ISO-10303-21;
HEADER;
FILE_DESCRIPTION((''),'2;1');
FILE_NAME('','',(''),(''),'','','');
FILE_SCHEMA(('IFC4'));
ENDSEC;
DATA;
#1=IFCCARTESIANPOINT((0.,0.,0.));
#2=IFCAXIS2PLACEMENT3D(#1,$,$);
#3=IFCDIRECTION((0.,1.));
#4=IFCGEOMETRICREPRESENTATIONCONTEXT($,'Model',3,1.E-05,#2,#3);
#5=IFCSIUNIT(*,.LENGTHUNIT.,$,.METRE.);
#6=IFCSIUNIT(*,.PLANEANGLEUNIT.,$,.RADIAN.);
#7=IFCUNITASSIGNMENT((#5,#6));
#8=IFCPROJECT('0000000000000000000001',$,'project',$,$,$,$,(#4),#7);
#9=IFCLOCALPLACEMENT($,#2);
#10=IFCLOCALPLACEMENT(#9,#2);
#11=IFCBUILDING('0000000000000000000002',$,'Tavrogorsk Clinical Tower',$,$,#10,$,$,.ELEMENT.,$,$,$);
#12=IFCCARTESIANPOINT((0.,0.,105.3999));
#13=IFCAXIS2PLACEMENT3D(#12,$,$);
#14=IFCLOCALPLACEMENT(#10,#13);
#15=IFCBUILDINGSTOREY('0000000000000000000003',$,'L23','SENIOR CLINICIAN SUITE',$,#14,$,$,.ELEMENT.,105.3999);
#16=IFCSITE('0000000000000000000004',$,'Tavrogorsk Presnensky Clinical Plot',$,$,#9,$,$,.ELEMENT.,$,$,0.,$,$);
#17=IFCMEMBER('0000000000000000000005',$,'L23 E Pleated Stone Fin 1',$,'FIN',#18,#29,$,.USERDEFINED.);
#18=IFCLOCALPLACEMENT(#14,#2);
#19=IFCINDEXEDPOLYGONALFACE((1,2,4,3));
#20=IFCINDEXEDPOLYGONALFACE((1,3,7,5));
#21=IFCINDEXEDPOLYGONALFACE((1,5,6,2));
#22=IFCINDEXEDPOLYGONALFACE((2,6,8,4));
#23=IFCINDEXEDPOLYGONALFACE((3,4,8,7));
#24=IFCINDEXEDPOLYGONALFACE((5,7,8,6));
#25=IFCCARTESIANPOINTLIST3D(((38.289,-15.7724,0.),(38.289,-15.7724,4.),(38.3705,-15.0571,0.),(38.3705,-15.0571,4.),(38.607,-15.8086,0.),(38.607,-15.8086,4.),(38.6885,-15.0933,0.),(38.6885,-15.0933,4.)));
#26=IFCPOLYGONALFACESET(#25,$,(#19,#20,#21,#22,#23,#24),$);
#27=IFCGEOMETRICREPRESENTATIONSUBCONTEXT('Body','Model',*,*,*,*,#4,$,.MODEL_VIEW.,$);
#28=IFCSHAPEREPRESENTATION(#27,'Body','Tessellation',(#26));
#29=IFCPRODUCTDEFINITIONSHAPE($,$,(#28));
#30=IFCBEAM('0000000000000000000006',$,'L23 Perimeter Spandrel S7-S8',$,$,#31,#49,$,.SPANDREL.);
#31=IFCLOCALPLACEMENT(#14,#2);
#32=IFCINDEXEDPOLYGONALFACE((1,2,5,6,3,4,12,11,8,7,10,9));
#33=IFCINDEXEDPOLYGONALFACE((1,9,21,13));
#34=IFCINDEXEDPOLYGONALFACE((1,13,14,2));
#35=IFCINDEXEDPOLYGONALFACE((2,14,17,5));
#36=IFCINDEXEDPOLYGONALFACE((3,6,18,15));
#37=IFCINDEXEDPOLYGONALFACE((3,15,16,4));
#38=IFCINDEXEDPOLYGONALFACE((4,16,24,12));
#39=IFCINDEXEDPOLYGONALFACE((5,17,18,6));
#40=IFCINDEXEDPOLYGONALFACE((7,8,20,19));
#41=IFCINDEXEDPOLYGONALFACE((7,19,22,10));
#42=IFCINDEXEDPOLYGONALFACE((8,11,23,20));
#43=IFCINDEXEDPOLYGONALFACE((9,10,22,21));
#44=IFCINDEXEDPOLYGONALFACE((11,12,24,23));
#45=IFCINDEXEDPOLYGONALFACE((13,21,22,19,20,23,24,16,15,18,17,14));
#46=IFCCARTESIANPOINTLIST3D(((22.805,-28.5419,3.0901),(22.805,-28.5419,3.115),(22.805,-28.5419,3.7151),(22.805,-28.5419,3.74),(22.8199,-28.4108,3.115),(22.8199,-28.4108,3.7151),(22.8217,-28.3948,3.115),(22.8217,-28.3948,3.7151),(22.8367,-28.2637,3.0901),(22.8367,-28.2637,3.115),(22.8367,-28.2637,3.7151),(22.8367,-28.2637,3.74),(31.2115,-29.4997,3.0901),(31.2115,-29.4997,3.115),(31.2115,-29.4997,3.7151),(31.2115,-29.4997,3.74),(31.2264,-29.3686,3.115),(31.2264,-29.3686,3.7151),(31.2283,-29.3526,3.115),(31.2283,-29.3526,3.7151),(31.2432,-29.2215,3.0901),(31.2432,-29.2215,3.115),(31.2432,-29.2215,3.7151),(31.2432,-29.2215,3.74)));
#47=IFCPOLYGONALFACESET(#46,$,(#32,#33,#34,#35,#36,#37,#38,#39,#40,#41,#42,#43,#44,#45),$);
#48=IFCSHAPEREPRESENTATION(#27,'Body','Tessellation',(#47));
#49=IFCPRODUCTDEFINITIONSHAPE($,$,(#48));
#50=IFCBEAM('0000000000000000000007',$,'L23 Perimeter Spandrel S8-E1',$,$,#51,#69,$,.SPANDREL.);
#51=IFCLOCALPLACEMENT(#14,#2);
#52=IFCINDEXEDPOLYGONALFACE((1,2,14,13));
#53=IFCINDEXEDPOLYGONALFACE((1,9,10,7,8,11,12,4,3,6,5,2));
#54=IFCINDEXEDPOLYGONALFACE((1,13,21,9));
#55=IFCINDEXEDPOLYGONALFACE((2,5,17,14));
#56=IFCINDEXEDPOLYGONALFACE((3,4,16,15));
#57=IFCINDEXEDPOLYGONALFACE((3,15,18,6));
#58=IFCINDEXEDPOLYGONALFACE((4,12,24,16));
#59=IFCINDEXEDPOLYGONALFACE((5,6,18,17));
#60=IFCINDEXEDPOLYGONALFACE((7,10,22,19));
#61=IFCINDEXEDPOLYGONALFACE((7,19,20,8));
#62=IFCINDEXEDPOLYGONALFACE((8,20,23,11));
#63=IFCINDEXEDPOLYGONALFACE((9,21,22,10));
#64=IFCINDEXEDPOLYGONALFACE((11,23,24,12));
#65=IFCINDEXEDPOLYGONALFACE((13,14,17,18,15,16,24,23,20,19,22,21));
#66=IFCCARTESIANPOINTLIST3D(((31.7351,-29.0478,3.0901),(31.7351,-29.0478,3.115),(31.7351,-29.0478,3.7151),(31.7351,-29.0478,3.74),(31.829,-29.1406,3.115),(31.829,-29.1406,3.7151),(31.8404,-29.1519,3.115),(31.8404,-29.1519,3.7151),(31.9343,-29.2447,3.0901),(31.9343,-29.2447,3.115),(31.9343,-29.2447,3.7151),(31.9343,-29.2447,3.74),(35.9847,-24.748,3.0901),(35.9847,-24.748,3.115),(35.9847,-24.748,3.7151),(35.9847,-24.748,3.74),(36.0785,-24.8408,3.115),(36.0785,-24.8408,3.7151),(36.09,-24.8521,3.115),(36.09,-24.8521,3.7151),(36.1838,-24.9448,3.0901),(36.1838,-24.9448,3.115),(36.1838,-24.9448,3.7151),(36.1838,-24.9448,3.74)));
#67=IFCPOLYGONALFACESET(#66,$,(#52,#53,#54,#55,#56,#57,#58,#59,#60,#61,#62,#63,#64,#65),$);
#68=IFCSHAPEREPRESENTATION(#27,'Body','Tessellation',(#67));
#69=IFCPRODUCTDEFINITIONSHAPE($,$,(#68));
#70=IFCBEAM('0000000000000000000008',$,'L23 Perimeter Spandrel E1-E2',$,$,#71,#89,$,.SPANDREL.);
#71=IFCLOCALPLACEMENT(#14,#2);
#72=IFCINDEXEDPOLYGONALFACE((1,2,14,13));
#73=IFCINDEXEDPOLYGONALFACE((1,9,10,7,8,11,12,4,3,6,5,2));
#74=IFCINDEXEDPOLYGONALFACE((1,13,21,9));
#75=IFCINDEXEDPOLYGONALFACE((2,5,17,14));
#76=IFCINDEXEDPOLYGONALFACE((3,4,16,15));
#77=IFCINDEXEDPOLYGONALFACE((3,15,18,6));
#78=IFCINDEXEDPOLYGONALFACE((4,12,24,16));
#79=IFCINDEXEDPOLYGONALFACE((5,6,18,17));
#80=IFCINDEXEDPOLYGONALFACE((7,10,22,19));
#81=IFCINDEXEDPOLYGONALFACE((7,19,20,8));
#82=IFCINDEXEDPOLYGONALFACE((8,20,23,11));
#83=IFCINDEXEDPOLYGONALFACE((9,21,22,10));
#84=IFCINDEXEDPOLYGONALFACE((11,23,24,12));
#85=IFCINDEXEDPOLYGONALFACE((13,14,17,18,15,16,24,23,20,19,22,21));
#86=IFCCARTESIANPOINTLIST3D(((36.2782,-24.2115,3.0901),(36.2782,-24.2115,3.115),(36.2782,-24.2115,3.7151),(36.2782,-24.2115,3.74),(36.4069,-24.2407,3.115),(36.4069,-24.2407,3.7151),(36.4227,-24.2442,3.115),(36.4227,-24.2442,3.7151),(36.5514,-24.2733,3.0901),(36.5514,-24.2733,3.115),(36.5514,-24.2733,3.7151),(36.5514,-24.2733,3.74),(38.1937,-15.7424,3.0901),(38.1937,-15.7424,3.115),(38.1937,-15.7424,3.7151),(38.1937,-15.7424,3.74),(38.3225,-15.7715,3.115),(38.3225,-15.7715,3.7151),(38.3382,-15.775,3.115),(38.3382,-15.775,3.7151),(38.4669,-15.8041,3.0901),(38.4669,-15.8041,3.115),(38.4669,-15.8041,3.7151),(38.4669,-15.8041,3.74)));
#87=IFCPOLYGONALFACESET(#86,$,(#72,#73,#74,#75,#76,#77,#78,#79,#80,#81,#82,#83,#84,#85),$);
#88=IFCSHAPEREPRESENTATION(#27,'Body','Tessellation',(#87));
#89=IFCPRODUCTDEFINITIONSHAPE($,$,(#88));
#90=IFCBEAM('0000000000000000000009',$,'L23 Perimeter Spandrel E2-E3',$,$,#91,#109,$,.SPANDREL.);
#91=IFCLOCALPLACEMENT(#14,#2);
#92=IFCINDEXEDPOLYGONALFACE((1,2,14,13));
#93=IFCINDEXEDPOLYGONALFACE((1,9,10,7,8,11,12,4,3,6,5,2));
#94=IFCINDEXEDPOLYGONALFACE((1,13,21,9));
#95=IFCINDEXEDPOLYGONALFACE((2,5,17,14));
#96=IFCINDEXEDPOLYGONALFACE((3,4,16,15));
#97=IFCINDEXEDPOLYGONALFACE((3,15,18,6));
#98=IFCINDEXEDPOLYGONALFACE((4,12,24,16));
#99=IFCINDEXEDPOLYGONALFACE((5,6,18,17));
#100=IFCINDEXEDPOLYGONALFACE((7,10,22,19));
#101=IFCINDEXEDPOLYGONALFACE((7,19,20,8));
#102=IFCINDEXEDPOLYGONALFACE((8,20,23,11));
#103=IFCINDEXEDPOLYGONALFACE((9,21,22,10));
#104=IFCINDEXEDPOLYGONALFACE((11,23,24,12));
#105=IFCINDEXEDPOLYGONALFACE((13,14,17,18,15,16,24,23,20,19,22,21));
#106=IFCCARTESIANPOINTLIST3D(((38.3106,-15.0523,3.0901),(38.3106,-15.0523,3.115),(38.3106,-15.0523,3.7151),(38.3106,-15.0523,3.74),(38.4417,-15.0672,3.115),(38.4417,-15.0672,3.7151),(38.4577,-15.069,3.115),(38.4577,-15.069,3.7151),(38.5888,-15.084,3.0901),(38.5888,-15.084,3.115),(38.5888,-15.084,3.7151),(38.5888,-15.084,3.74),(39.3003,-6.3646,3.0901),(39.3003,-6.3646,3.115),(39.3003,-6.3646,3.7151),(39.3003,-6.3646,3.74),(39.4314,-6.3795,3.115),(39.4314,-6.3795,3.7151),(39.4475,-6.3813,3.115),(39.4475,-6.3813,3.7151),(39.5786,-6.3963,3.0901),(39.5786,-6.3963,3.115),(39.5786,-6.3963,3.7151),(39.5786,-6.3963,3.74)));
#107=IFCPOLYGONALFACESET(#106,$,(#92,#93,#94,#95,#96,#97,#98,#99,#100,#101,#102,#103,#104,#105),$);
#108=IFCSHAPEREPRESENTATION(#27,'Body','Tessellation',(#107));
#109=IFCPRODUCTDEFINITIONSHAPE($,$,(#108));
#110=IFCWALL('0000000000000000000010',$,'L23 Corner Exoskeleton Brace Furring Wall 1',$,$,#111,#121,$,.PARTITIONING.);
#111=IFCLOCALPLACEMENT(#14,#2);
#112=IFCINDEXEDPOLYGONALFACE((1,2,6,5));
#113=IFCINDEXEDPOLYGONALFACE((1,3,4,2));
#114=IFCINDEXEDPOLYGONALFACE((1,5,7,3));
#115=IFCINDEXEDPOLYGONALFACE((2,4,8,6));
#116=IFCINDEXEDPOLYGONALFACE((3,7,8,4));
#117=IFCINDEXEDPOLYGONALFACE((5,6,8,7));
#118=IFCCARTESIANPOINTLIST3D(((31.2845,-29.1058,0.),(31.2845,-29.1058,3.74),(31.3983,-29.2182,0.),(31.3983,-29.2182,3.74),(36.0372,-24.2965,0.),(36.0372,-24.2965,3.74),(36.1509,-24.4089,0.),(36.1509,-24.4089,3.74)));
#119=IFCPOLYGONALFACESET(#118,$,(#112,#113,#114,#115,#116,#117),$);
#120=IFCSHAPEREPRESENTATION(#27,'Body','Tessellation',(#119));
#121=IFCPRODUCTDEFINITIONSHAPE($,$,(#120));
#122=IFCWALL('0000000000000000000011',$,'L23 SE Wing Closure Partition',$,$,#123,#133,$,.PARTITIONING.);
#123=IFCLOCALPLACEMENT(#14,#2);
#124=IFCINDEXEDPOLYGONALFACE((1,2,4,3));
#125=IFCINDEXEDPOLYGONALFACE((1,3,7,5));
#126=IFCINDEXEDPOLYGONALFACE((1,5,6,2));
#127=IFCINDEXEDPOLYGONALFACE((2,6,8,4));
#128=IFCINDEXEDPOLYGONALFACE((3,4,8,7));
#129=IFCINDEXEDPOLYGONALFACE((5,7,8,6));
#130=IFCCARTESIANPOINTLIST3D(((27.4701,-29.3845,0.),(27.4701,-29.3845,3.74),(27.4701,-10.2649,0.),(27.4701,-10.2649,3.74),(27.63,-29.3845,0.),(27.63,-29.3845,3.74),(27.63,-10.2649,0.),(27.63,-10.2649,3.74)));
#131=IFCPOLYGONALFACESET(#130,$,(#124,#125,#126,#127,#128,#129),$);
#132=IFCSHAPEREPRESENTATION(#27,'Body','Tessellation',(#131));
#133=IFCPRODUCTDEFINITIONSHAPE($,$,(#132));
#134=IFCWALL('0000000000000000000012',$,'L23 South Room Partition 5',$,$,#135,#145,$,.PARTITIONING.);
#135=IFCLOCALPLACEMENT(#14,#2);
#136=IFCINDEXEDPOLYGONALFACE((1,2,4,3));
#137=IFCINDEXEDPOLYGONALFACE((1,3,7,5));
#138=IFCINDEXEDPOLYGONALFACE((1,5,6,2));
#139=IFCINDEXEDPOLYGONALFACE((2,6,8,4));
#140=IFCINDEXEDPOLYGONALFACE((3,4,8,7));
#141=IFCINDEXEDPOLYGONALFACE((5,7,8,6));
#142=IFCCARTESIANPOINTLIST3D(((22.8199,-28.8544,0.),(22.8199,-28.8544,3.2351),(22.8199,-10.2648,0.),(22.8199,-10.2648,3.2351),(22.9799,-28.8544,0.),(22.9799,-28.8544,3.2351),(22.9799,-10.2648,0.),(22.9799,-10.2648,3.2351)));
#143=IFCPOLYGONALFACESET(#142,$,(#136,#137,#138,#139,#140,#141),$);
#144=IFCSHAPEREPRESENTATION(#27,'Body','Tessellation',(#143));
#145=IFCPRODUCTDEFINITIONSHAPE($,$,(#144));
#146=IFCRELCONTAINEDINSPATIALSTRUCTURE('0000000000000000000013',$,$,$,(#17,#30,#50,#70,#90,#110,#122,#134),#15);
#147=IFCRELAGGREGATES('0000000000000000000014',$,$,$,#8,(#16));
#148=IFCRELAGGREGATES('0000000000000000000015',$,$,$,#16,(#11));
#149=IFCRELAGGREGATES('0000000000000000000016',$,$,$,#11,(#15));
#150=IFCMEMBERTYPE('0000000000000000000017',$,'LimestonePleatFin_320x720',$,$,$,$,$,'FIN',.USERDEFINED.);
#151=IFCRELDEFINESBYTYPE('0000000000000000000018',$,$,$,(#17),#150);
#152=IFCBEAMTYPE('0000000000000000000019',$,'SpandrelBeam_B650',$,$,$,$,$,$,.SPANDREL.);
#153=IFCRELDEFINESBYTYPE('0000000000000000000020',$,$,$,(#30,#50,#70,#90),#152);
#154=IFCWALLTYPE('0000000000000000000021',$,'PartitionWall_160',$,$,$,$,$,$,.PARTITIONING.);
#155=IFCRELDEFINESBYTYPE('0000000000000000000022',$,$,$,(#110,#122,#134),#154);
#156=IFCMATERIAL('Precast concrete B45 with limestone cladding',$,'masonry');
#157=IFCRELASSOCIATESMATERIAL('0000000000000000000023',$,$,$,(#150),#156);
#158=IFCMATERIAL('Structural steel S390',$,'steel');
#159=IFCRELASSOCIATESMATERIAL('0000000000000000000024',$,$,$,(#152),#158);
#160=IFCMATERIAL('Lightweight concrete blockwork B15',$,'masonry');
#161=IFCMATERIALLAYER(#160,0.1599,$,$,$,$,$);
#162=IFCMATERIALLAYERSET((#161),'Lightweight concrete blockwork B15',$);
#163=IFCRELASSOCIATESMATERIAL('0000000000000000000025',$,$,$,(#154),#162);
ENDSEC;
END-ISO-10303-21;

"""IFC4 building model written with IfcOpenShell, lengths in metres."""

from ifc_helpers import new_model, si_unit, direction, frame, frame_2d, origin, origin_2d, place, context, subcontext, project, spatial, rectangle, i_section, extrude, material, layer, layer_set, material_profile, profile_set, type_object, element, save


model = new_model("IFC4")

# Units and contexts
model_context = context("Model", 3, precision=1e-05, world=origin(), true_north=direction((0.0, 1.0)))
body_context = subcontext(model_context, "Body", "Model", "MODEL_VIEW")
ifc_project = project(units=[si_unit("LENGTHUNIT", "METRE"), si_unit("PLANEANGLEUNIT", "RADIAN")], contexts=[model_context])

# Site, building, storey
site_placement = place(None, origin())
site = spatial("IfcSite", under=ifc_project, at=site_placement, Name="Tavrogorsk Presnensky Clinical Plot", CompositionType="ELEMENT", RefElevation=0.0)
building_placement = place(site_placement, origin())
building = spatial("IfcBuilding", under=site, at=building_placement, Name="Tavrogorsk Clinical Tower", CompositionType="ELEMENT")
storey_placement = place(building_placement, frame((0.0, 0.0, 105.3999)))
storey = spatial("IfcBuildingStorey", under=building, at=storey_placement, Name="L23", Description="SENIOR CLINICIAN SUITE", CompositionType="ELEMENT", Elevation=105.3999)

# Member
ifc_material_1 = material(Name="Precast concrete B45 with limestone cladding", Category="masonry")
ifc_material_profile_1 = material_profile(ifc_material_1, rectangle(XDim=0.3201, YDim=0.72, at=origin_2d()), Name="LIMESTONE-FIN-320x720")
ifc_profile_set_1 = profile_set([ifc_material_profile_1], Name="Precast concrete B45 with limestone cladding")
member_type_1 = type_object("IfcMemberType", Name="LimestonePleatFin_320x720", ElementType="FIN", PredefinedType="USERDEFINED", material=ifc_profile_set_1)
member_1_placement = place(storey_placement, frame((38.4888, -15.4329, 0.0), z_axis=(0.0, 0.0, 1.0), x_axis=(0.993572, -0.113203, 0.0)))
element("IfcMember", 1, at=member_1_placement, inside=storey, type_object=member_type_1, Name="L23 E Pleated Stone Fin 1", ObjectType="FIN", PredefinedType="USERDEFINED", context=body_context, shape_type="SweptSolid", body=[
    extrude(rectangle(XDim=0.3201, YDim=0.72, at=origin_2d()), origin(), (0.0, 0.0, 1.0), 4.0),
])

# Beams
ifc_material_2 = material(Name="Structural steel S390", Category="steel")
ifc_material_profile_2 = material_profile(ifc_material_2, i_section(OverallWidth=0.28, OverallDepth=0.6499, WebThickness=0.0161, FlangeThickness=0.0249, at=origin_2d()), Name="B-650x280x16x25")
ifc_profile_set_2 = profile_set([ifc_material_profile_2], Name="Structural steel S390")
beam_type_1 = type_object("IfcBeamType", Name="SpandrelBeam_B650", PredefinedType="SPANDREL", material=ifc_profile_set_2)
beam_1_placement = place(storey_placement, frame((22.8208, -28.4028, 3.415), z_axis=(0.993572, -0.113199, 0.0), x_axis=(0.113199, 0.993572, 0.0)))
element("IfcBeam", 2, at=beam_1_placement, inside=storey, type_object=beam_type_1, Name="L23 Perimeter Spandrel S7-S8", PredefinedType="SPANDREL", context=body_context, shape_type="SweptSolid", body=[
    extrude(i_section(OverallWidth=0.28, OverallDepth=0.6499, WebThickness=0.0161, FlangeThickness=0.0249, at=origin_2d()), origin(), (0.0, 0.0, 1.0), 8.4609),
])
beam_2_placement = place(storey_placement, frame((31.8347, -29.1462, 3.415), z_axis=(0.702935, 0.711254, 0.0), x_axis=(-0.711254, 0.702935, 0.0)))
element("IfcBeam", 3, at=beam_2_placement, inside=storey, type_object=beam_type_1, Name="L23 Perimeter Spandrel S8-E1", PredefinedType="SPANDREL", context=body_context, shape_type="SweptSolid", body=[
    extrude(i_section(OverallWidth=0.28, OverallDepth=0.6499, WebThickness=0.0161, FlangeThickness=0.0249, at=origin_2d()), origin(), (0.0, 0.0, 1.0), 6.0454),
])
beam_3_placement = place(storey_placement, frame((36.4148, -24.2424, 3.415), z_axis=(0.220603, 0.975364, 0.0), x_axis=(-0.975364, 0.220603, 0.0)))
element("IfcBeam", 4, at=beam_3_placement, inside=storey, type_object=beam_type_1, Name="L23 Perimeter Spandrel E1-E2", PredefinedType="SPANDREL", context=body_context, shape_type="SweptSolid", body=[
    extrude(i_section(OverallWidth=0.28, OverallDepth=0.6499, WebThickness=0.0161, FlangeThickness=0.0249, at=origin_2d()), origin(), (0.0, 0.0, 1.0), 8.6831),
])
beam_4_placement = place(storey_placement, frame((38.4497, -15.0681, 3.415), z_axis=(0.113192, 0.993573, 0.0), x_axis=(-0.993573, 0.113192, 0.0)))
element("IfcBeam", 5, at=beam_4_placement, inside=storey, type_object=beam_type_1, Name="L23 Perimeter Spandrel E2-E3", PredefinedType="SPANDREL", context=body_context, shape_type="SweptSolid", body=[
    extrude(i_section(OverallWidth=0.28, OverallDepth=0.6499, WebThickness=0.0161, FlangeThickness=0.0249, at=origin_2d()), origin(), (0.0, 0.0, 1.0), 8.7439),
])

# Walls
ifc_material_3 = material(Name="Lightweight concrete blockwork B15", Category="masonry")
ifc_layer_1 = layer(ifc_material_3, 0.1599)
ifc_layer_set_1 = layer_set([ifc_layer_1], Name="Lightweight concrete blockwork B15")
wall_type_1 = type_object("IfcWallType", Name="PartitionWall_160", PredefinedType="PARTITIONING", material=ifc_layer_set_1)
wall_1_placement = place(storey_placement, frame((31.3413, -29.1621, 0.0), z_axis=(0.0, 0.0, 1.0), x_axis=(0.702906, 0.711283, 0.0)))
element("IfcWall", 6, at=wall_1_placement, inside=storey, type_object=wall_type_1, Name="L23 Corner Exoskeleton Brace Furring Wall 1", PredefinedType="PARTITIONING", context=body_context, shape_type="SweptSolid", body=[
    extrude(rectangle(XDim=6.7615, YDim=0.1599, at=frame_2d((3.3809, 0.0))), origin(), (0.0, 0.0, 1.0), 3.74),
])
wall_2_placement = place(storey_placement, frame((27.55, -29.3845, 0.0), z_axis=(0.0, 0.0, 1.0), x_axis=(0.0, 1.0, 0.0)))
element("IfcWall", 7, at=wall_2_placement, inside=storey, type_object=wall_type_1, Name="L23 SE Wing Closure Partition", PredefinedType="PARTITIONING", context=body_context, shape_type="SweptSolid", body=[
    extrude(rectangle(XDim=19.1196, YDim=0.1599, at=frame_2d((9.5598, 0.0))), origin(), (0.0, 0.0, 1.0), 3.74),
])
wall_3_placement = place(storey_placement, frame((22.8999, -28.8545, 0.0), z_axis=(0.0, 0.0, 1.0), x_axis=(0.0, 1.0, 0.0)))
element("IfcWall", 8, at=wall_3_placement, inside=storey, type_object=wall_type_1, Name="L23 South Room Partition 5", PredefinedType="PARTITIONING", context=body_context, shape_type="SweptSolid", body=[
    extrude(rectangle(XDim=18.5896, YDim=0.1599, at=frame_2d((9.2949, 0.0))), origin(), (0.0, 0.0, 1.0), 3.2351),
])

save(model, "model.ifc")
